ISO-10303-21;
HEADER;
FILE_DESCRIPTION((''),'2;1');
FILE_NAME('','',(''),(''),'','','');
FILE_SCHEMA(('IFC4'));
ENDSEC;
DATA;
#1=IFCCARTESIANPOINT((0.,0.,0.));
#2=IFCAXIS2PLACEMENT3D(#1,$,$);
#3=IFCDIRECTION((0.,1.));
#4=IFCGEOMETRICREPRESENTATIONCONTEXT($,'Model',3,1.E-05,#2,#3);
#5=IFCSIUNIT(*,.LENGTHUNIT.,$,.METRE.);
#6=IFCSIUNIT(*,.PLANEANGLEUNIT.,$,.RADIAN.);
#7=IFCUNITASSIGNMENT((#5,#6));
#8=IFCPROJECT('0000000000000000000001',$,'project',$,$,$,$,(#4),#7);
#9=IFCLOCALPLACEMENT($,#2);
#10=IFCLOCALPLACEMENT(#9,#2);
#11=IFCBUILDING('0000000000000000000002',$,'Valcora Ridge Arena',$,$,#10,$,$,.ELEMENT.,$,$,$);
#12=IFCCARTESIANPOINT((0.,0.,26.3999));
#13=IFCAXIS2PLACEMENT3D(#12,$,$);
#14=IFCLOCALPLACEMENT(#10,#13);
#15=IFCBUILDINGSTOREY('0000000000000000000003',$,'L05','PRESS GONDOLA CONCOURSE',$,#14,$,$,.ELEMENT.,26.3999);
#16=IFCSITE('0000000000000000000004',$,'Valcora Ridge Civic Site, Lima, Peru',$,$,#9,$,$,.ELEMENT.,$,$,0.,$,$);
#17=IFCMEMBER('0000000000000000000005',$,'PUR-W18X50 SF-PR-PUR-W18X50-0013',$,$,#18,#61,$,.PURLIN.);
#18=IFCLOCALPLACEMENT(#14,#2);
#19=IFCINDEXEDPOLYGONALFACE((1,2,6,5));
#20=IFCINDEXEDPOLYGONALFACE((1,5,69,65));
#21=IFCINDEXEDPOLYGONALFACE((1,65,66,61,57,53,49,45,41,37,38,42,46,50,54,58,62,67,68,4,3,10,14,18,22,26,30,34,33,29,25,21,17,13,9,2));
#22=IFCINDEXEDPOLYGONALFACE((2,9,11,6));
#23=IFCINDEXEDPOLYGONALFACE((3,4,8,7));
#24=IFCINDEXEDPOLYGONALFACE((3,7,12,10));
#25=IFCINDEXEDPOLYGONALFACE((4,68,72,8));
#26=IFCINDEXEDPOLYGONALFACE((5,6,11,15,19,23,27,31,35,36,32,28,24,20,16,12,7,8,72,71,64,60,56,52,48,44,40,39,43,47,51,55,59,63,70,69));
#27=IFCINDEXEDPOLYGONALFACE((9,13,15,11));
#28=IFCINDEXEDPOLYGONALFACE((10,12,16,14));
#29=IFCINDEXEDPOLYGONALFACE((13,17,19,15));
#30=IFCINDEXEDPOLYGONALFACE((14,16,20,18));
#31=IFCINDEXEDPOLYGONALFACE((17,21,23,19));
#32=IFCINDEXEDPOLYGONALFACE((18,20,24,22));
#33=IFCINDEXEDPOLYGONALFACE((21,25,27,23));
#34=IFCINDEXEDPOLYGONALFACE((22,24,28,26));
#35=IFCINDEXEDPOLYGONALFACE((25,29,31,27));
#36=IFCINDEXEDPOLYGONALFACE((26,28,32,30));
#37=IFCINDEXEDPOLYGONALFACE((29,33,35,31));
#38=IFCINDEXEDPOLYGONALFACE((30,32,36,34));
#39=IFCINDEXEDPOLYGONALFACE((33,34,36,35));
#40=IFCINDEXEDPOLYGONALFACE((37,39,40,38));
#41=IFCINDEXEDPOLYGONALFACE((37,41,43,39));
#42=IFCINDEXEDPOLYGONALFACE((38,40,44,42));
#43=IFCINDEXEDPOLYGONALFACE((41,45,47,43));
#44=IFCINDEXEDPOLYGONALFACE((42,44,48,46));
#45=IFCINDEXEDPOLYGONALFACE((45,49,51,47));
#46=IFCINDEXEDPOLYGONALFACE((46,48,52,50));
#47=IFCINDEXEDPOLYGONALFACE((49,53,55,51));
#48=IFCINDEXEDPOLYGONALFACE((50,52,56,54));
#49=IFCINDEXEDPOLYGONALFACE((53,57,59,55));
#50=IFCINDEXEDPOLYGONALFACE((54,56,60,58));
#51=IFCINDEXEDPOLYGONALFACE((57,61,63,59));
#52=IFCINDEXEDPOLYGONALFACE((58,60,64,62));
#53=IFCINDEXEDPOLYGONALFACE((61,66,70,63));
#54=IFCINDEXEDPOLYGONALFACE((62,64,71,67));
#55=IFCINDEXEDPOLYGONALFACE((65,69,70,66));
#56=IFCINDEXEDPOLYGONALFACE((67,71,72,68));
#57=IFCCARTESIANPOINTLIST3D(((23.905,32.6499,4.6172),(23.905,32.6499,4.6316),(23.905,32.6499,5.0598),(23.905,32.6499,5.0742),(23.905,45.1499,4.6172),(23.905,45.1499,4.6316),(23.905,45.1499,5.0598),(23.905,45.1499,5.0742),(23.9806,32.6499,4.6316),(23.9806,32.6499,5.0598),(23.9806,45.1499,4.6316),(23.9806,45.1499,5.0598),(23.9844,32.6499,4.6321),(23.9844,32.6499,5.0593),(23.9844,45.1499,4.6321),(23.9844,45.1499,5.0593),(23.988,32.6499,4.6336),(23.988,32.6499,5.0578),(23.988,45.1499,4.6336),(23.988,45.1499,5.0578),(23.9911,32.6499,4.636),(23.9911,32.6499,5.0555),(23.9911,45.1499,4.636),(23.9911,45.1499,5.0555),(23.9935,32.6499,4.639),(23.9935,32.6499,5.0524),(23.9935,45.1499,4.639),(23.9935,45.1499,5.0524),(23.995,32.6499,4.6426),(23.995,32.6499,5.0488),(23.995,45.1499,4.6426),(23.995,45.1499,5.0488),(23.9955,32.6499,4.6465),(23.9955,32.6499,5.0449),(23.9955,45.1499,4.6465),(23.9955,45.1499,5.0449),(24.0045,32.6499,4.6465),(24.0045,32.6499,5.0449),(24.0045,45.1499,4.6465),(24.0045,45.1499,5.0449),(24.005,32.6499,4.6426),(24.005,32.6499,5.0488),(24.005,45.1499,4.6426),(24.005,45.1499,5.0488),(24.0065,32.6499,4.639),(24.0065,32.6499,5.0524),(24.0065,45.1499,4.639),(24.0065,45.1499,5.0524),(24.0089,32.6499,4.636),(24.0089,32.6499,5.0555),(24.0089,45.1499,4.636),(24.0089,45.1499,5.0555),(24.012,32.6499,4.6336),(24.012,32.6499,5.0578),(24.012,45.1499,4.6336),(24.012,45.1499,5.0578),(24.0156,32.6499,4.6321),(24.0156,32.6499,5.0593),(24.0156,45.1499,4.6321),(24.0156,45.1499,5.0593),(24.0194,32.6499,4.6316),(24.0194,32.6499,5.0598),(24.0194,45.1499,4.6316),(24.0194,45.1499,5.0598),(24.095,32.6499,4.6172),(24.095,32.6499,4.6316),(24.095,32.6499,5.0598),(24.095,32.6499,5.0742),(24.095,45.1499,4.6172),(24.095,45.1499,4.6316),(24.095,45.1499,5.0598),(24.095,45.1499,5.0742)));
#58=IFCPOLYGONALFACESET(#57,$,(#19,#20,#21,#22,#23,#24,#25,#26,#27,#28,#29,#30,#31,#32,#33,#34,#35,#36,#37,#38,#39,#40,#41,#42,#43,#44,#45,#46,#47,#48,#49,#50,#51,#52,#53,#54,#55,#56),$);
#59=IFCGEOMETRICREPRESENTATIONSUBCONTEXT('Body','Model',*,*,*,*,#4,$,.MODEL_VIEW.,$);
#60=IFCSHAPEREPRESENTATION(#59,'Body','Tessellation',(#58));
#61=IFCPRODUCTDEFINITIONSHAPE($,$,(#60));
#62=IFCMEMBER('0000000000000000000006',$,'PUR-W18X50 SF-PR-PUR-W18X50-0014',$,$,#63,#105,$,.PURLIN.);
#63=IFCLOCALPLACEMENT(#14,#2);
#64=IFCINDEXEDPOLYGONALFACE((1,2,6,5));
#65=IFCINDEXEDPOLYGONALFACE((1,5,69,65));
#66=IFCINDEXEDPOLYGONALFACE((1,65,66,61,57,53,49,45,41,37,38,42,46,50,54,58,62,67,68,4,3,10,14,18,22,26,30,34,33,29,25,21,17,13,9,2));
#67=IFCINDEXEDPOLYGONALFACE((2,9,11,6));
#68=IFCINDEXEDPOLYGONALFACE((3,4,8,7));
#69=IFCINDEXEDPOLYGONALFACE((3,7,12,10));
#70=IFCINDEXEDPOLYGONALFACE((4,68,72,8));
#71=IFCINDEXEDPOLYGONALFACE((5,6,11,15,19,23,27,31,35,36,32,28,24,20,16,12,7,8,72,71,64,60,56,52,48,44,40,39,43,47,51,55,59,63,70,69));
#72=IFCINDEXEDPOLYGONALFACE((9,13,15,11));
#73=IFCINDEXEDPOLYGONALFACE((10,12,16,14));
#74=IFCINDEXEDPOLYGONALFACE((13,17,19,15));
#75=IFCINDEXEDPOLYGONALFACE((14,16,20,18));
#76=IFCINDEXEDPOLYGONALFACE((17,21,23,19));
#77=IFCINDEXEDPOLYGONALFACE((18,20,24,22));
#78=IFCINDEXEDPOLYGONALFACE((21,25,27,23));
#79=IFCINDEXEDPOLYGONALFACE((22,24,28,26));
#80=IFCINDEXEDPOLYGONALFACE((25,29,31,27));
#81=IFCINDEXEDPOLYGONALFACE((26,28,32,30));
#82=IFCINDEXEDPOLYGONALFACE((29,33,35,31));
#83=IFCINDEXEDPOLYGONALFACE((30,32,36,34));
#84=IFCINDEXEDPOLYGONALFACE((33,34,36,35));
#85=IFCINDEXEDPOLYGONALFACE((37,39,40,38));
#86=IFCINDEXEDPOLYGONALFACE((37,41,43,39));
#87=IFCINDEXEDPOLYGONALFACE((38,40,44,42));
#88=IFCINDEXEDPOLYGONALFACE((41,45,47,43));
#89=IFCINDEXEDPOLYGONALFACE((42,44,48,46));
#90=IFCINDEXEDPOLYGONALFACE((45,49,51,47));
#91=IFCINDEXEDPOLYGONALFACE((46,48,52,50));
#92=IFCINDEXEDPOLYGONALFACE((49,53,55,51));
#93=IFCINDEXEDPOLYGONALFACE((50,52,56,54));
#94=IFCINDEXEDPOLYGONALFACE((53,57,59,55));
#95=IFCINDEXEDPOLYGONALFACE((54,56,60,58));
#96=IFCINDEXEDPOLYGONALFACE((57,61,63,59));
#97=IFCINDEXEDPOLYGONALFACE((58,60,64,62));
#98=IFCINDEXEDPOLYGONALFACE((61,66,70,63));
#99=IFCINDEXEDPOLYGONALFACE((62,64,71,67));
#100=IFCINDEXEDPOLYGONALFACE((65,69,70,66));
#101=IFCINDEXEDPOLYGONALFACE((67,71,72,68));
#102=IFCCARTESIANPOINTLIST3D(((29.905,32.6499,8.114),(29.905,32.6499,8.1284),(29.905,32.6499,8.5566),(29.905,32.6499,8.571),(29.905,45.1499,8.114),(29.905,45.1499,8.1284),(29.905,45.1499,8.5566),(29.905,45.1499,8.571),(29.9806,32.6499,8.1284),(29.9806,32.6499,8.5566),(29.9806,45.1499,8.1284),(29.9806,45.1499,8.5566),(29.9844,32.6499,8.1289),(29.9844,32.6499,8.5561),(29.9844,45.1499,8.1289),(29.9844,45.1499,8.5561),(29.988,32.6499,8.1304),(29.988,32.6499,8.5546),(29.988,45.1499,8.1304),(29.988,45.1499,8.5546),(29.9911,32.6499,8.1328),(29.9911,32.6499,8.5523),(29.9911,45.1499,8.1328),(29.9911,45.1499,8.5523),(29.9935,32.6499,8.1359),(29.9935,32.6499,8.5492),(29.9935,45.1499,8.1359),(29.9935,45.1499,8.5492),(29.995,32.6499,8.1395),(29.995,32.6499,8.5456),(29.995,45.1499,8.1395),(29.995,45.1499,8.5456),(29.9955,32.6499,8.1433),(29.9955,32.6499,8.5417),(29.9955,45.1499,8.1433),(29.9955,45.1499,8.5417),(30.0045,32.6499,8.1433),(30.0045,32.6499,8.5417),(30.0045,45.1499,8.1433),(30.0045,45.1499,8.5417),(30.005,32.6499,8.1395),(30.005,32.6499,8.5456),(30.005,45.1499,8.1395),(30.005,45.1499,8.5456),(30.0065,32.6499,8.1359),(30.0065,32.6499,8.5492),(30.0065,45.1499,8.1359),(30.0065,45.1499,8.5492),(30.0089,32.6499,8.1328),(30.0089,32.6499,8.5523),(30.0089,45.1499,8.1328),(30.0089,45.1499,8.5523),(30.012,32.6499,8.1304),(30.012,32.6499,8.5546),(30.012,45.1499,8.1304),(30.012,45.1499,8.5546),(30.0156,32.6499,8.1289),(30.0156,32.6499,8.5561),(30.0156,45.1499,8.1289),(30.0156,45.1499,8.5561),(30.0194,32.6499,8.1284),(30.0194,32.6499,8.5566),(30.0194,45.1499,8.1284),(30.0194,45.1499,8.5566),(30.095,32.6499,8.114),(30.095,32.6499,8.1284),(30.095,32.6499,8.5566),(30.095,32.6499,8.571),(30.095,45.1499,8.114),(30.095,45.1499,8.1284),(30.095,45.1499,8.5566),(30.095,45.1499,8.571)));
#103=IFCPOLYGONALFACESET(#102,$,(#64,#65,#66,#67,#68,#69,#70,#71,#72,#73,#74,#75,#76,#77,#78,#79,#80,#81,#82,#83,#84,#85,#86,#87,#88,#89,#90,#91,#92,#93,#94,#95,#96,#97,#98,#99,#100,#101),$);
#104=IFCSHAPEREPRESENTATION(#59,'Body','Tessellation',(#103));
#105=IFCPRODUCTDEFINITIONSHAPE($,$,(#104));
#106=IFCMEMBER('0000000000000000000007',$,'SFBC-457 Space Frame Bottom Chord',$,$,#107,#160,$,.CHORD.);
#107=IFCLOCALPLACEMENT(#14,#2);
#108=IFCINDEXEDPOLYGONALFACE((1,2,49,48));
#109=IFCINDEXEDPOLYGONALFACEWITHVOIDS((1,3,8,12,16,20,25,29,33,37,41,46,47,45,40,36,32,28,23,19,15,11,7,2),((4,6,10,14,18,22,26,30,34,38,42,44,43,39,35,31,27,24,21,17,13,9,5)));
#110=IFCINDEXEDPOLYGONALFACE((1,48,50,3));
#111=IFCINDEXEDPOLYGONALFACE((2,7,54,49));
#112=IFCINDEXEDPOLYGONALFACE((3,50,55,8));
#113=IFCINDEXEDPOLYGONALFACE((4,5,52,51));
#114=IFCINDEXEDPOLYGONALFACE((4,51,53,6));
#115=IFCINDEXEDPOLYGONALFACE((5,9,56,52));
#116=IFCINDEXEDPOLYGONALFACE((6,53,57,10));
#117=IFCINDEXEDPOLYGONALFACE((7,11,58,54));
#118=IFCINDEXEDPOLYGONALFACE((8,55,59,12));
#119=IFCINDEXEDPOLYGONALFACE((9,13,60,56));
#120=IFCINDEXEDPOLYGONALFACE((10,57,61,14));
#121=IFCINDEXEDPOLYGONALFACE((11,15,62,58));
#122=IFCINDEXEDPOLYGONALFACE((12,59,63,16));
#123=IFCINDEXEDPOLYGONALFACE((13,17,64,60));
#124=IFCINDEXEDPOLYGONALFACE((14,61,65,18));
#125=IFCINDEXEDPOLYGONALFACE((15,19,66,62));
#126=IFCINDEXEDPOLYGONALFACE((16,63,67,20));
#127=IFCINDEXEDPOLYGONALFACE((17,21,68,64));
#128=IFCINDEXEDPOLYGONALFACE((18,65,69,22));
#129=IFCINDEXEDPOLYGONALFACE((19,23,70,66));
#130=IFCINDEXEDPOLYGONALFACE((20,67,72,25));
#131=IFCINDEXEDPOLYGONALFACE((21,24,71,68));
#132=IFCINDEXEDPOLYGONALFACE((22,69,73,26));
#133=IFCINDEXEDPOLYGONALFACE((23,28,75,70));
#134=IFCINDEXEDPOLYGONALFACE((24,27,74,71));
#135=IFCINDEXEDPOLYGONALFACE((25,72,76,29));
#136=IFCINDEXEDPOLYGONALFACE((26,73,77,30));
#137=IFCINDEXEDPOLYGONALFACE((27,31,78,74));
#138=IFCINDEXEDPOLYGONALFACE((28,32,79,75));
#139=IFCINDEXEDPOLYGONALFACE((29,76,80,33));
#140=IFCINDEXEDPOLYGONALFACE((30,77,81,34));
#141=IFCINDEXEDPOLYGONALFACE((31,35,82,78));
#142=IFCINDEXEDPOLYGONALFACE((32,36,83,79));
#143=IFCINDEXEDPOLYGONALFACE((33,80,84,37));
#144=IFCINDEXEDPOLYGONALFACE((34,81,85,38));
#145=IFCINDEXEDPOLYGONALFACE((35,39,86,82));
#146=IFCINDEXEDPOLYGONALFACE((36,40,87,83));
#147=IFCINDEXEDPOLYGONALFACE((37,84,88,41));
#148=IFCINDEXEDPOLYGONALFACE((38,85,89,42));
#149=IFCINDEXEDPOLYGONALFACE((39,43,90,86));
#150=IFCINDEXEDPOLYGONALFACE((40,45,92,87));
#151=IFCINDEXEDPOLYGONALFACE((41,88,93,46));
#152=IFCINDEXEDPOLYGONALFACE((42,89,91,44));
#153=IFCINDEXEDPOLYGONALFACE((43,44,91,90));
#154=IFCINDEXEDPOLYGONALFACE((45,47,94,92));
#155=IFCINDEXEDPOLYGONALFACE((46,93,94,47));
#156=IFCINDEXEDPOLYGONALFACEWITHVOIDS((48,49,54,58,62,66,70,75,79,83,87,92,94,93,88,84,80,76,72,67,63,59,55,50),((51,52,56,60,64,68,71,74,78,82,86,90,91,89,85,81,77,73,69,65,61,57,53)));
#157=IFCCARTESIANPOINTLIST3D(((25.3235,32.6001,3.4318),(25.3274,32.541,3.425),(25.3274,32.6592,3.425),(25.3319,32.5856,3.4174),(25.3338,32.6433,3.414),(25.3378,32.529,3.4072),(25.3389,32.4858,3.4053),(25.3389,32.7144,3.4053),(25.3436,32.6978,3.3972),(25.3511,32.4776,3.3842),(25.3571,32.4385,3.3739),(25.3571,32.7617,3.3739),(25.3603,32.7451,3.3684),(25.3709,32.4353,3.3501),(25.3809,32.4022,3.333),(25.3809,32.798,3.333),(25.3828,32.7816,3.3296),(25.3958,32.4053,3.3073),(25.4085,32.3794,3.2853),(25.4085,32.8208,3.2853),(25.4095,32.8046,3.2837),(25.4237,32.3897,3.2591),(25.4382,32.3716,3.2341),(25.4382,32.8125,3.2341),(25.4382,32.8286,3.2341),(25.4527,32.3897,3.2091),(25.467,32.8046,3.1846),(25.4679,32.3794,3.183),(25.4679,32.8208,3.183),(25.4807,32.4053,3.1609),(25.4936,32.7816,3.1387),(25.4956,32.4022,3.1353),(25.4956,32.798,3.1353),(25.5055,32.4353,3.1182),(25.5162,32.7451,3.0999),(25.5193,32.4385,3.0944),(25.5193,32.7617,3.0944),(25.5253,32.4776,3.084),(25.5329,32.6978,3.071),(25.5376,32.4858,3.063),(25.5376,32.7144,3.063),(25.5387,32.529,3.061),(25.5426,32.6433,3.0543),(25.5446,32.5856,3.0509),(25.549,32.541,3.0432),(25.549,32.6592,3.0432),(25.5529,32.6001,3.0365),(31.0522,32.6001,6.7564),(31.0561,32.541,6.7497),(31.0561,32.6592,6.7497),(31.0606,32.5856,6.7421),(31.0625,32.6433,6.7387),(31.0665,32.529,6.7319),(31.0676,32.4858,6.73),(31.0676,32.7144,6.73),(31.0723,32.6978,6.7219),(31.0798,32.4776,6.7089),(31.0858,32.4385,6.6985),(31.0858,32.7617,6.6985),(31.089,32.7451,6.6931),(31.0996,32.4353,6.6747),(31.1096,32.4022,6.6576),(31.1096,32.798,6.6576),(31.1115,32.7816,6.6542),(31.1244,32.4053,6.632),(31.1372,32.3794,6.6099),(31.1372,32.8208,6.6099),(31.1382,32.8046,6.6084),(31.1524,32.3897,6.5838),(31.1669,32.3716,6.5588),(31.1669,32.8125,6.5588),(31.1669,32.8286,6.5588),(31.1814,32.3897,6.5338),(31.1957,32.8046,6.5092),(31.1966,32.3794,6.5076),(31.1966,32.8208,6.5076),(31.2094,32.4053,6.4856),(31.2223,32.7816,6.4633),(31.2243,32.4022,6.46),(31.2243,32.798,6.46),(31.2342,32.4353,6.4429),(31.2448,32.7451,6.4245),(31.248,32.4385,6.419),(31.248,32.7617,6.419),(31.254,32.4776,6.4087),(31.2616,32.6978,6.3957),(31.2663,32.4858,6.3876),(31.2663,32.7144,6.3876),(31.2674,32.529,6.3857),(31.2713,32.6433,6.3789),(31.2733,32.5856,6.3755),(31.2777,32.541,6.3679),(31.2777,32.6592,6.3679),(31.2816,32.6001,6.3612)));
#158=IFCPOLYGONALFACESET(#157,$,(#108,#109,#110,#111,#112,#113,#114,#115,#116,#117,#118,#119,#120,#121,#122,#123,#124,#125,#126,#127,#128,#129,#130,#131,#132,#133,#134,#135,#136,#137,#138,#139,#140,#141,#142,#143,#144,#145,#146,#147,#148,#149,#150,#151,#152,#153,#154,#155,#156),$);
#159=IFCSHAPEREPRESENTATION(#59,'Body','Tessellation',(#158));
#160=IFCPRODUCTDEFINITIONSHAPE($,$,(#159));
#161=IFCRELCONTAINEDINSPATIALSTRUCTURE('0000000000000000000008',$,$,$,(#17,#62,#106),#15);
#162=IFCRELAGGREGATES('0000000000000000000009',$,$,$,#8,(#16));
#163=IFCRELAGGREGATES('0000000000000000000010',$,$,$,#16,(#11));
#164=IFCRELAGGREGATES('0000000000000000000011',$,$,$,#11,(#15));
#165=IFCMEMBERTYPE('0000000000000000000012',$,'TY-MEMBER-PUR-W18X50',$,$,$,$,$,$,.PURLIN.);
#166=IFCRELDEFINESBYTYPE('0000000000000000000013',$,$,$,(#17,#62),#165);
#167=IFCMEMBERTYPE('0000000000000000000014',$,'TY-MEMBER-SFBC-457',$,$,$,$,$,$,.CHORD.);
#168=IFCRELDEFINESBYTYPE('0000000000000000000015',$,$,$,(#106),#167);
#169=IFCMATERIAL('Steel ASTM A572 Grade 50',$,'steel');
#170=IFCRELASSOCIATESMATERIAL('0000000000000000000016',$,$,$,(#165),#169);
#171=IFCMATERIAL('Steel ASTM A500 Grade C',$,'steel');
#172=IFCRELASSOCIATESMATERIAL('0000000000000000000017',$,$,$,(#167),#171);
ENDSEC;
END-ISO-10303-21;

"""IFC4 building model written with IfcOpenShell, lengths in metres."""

from ifc_helpers import new_model, si_unit, direction, frame, origin, origin_2d, place, context, subcontext, project, spatial, hollow_circle, i_section, extrude, material, material_profile, profile_set, type_object, element, save


model = new_model("IFC4")

# Units and contexts
model_context = context("Model", 3, precision=1e-05, world=origin(), true_north=direction((0.0, 1.0)))
body_context = subcontext(model_context, "Body", "Model", "MODEL_VIEW")
ifc_project = project(units=[si_unit("LENGTHUNIT", "METRE"), si_unit("PLANEANGLEUNIT", "RADIAN")], contexts=[model_context])

# Site, building, storey
site_placement = place(None, origin())
site = spatial("IfcSite", under=ifc_project, at=site_placement, Name="Valcora Ridge Civic Site, Lima, Peru", CompositionType="ELEMENT", RefElevation=0.0)
building_placement = place(site_placement, origin())
building = spatial("IfcBuilding", under=site, at=building_placement, Name="Valcora Ridge Arena", CompositionType="ELEMENT")
storey_placement = place(building_placement, frame((0.0, 0.0, 26.3999)))
storey = spatial("IfcBuildingStorey", under=building, at=storey_placement, Name="L05", Description="PRESS GONDOLA CONCOURSE", CompositionType="ELEMENT", Elevation=26.3999)

# Members
ifc_material_1 = material(Name="Steel ASTM A572 Grade 50", Category="steel")
ifc_material_profile_1 = material_profile(ifc_material_1, i_section(OverallWidth=0.1899, OverallDepth=0.457, WebThickness=0.009, FlangeThickness=0.0144, FilletRadius=0.0149, at=origin_2d()), Name="W18X50")
ifc_profile_set_1 = profile_set([ifc_material_profile_1], Name="Steel ASTM A572 Grade 50")
member_type_1 = type_object("IfcMemberType", Name="TY-MEMBER-PUR-W18X50", PredefinedType="PURLIN", material=ifc_profile_set_1)
for number, where, z_axis, x_axis, name in (
    (1, (24.0, 32.6499, 4.8457), (0.0, 1.0, 0.0), (-1.0, 0.0, 0.0), "PUR-W18X50 SF-PR-PUR-W18X50-0013"),
    (2, (30.0, 32.6499, 8.3425), (0.0, 1.0, 0.0), (-1.0, 0.0, 0.0), "PUR-W18X50 SF-PR-PUR-W18X50-0014"),
):
    element("IfcMember", number, at=place(storey_placement, frame(where, z_axis=z_axis, x_axis=x_axis)), inside=storey, type_object=member_type_1, Name=name, PredefinedType="PURLIN", context=body_context, shape_type="SweptSolid", body=[
        extrude(i_section(OverallWidth=0.1899, OverallDepth=0.457, WebThickness=0.009, FlangeThickness=0.0144, FilletRadius=0.0149, at=origin_2d()), origin(), (0.0, 0.0, 1.0), 12.5),
    ])
ifc_material_2 = material(Name="Steel ASTM A500 Grade C", Category="steel")
ifc_material_profile_2 = material_profile(ifc_material_2, hollow_circle(Radius=0.2285, WallThickness=0.0161, at=origin_2d()), Name="CHS457X16")
ifc_profile_set_2 = profile_set([ifc_material_profile_2], Name="Steel ASTM A500 Grade C")
member_type_2 = type_object("IfcMemberType", Name="TY-MEMBER-SFBC-457", PredefinedType="CHORD", material=ifc_profile_set_2)
member_1_placement = place(storey_placement, frame((25.4382, 32.6001, 3.2341), z_axis=(0.864898, 0.0, 0.501947), x_axis=(0.0, 1.0, 0.0)))
element("IfcMember", 3, at=member_1_placement, inside=storey, type_object=member_type_2, Name="SFBC-457 Space Frame Bottom Chord", PredefinedType="CHORD", context=body_context, shape_type="SweptSolid", body=[
    extrude(hollow_circle(Radius=0.2285, WallThickness=0.0161, at=origin_2d()), origin(), (0.0, 0.0, 1.0), 6.6235),
])

save(model, "model.ifc")
